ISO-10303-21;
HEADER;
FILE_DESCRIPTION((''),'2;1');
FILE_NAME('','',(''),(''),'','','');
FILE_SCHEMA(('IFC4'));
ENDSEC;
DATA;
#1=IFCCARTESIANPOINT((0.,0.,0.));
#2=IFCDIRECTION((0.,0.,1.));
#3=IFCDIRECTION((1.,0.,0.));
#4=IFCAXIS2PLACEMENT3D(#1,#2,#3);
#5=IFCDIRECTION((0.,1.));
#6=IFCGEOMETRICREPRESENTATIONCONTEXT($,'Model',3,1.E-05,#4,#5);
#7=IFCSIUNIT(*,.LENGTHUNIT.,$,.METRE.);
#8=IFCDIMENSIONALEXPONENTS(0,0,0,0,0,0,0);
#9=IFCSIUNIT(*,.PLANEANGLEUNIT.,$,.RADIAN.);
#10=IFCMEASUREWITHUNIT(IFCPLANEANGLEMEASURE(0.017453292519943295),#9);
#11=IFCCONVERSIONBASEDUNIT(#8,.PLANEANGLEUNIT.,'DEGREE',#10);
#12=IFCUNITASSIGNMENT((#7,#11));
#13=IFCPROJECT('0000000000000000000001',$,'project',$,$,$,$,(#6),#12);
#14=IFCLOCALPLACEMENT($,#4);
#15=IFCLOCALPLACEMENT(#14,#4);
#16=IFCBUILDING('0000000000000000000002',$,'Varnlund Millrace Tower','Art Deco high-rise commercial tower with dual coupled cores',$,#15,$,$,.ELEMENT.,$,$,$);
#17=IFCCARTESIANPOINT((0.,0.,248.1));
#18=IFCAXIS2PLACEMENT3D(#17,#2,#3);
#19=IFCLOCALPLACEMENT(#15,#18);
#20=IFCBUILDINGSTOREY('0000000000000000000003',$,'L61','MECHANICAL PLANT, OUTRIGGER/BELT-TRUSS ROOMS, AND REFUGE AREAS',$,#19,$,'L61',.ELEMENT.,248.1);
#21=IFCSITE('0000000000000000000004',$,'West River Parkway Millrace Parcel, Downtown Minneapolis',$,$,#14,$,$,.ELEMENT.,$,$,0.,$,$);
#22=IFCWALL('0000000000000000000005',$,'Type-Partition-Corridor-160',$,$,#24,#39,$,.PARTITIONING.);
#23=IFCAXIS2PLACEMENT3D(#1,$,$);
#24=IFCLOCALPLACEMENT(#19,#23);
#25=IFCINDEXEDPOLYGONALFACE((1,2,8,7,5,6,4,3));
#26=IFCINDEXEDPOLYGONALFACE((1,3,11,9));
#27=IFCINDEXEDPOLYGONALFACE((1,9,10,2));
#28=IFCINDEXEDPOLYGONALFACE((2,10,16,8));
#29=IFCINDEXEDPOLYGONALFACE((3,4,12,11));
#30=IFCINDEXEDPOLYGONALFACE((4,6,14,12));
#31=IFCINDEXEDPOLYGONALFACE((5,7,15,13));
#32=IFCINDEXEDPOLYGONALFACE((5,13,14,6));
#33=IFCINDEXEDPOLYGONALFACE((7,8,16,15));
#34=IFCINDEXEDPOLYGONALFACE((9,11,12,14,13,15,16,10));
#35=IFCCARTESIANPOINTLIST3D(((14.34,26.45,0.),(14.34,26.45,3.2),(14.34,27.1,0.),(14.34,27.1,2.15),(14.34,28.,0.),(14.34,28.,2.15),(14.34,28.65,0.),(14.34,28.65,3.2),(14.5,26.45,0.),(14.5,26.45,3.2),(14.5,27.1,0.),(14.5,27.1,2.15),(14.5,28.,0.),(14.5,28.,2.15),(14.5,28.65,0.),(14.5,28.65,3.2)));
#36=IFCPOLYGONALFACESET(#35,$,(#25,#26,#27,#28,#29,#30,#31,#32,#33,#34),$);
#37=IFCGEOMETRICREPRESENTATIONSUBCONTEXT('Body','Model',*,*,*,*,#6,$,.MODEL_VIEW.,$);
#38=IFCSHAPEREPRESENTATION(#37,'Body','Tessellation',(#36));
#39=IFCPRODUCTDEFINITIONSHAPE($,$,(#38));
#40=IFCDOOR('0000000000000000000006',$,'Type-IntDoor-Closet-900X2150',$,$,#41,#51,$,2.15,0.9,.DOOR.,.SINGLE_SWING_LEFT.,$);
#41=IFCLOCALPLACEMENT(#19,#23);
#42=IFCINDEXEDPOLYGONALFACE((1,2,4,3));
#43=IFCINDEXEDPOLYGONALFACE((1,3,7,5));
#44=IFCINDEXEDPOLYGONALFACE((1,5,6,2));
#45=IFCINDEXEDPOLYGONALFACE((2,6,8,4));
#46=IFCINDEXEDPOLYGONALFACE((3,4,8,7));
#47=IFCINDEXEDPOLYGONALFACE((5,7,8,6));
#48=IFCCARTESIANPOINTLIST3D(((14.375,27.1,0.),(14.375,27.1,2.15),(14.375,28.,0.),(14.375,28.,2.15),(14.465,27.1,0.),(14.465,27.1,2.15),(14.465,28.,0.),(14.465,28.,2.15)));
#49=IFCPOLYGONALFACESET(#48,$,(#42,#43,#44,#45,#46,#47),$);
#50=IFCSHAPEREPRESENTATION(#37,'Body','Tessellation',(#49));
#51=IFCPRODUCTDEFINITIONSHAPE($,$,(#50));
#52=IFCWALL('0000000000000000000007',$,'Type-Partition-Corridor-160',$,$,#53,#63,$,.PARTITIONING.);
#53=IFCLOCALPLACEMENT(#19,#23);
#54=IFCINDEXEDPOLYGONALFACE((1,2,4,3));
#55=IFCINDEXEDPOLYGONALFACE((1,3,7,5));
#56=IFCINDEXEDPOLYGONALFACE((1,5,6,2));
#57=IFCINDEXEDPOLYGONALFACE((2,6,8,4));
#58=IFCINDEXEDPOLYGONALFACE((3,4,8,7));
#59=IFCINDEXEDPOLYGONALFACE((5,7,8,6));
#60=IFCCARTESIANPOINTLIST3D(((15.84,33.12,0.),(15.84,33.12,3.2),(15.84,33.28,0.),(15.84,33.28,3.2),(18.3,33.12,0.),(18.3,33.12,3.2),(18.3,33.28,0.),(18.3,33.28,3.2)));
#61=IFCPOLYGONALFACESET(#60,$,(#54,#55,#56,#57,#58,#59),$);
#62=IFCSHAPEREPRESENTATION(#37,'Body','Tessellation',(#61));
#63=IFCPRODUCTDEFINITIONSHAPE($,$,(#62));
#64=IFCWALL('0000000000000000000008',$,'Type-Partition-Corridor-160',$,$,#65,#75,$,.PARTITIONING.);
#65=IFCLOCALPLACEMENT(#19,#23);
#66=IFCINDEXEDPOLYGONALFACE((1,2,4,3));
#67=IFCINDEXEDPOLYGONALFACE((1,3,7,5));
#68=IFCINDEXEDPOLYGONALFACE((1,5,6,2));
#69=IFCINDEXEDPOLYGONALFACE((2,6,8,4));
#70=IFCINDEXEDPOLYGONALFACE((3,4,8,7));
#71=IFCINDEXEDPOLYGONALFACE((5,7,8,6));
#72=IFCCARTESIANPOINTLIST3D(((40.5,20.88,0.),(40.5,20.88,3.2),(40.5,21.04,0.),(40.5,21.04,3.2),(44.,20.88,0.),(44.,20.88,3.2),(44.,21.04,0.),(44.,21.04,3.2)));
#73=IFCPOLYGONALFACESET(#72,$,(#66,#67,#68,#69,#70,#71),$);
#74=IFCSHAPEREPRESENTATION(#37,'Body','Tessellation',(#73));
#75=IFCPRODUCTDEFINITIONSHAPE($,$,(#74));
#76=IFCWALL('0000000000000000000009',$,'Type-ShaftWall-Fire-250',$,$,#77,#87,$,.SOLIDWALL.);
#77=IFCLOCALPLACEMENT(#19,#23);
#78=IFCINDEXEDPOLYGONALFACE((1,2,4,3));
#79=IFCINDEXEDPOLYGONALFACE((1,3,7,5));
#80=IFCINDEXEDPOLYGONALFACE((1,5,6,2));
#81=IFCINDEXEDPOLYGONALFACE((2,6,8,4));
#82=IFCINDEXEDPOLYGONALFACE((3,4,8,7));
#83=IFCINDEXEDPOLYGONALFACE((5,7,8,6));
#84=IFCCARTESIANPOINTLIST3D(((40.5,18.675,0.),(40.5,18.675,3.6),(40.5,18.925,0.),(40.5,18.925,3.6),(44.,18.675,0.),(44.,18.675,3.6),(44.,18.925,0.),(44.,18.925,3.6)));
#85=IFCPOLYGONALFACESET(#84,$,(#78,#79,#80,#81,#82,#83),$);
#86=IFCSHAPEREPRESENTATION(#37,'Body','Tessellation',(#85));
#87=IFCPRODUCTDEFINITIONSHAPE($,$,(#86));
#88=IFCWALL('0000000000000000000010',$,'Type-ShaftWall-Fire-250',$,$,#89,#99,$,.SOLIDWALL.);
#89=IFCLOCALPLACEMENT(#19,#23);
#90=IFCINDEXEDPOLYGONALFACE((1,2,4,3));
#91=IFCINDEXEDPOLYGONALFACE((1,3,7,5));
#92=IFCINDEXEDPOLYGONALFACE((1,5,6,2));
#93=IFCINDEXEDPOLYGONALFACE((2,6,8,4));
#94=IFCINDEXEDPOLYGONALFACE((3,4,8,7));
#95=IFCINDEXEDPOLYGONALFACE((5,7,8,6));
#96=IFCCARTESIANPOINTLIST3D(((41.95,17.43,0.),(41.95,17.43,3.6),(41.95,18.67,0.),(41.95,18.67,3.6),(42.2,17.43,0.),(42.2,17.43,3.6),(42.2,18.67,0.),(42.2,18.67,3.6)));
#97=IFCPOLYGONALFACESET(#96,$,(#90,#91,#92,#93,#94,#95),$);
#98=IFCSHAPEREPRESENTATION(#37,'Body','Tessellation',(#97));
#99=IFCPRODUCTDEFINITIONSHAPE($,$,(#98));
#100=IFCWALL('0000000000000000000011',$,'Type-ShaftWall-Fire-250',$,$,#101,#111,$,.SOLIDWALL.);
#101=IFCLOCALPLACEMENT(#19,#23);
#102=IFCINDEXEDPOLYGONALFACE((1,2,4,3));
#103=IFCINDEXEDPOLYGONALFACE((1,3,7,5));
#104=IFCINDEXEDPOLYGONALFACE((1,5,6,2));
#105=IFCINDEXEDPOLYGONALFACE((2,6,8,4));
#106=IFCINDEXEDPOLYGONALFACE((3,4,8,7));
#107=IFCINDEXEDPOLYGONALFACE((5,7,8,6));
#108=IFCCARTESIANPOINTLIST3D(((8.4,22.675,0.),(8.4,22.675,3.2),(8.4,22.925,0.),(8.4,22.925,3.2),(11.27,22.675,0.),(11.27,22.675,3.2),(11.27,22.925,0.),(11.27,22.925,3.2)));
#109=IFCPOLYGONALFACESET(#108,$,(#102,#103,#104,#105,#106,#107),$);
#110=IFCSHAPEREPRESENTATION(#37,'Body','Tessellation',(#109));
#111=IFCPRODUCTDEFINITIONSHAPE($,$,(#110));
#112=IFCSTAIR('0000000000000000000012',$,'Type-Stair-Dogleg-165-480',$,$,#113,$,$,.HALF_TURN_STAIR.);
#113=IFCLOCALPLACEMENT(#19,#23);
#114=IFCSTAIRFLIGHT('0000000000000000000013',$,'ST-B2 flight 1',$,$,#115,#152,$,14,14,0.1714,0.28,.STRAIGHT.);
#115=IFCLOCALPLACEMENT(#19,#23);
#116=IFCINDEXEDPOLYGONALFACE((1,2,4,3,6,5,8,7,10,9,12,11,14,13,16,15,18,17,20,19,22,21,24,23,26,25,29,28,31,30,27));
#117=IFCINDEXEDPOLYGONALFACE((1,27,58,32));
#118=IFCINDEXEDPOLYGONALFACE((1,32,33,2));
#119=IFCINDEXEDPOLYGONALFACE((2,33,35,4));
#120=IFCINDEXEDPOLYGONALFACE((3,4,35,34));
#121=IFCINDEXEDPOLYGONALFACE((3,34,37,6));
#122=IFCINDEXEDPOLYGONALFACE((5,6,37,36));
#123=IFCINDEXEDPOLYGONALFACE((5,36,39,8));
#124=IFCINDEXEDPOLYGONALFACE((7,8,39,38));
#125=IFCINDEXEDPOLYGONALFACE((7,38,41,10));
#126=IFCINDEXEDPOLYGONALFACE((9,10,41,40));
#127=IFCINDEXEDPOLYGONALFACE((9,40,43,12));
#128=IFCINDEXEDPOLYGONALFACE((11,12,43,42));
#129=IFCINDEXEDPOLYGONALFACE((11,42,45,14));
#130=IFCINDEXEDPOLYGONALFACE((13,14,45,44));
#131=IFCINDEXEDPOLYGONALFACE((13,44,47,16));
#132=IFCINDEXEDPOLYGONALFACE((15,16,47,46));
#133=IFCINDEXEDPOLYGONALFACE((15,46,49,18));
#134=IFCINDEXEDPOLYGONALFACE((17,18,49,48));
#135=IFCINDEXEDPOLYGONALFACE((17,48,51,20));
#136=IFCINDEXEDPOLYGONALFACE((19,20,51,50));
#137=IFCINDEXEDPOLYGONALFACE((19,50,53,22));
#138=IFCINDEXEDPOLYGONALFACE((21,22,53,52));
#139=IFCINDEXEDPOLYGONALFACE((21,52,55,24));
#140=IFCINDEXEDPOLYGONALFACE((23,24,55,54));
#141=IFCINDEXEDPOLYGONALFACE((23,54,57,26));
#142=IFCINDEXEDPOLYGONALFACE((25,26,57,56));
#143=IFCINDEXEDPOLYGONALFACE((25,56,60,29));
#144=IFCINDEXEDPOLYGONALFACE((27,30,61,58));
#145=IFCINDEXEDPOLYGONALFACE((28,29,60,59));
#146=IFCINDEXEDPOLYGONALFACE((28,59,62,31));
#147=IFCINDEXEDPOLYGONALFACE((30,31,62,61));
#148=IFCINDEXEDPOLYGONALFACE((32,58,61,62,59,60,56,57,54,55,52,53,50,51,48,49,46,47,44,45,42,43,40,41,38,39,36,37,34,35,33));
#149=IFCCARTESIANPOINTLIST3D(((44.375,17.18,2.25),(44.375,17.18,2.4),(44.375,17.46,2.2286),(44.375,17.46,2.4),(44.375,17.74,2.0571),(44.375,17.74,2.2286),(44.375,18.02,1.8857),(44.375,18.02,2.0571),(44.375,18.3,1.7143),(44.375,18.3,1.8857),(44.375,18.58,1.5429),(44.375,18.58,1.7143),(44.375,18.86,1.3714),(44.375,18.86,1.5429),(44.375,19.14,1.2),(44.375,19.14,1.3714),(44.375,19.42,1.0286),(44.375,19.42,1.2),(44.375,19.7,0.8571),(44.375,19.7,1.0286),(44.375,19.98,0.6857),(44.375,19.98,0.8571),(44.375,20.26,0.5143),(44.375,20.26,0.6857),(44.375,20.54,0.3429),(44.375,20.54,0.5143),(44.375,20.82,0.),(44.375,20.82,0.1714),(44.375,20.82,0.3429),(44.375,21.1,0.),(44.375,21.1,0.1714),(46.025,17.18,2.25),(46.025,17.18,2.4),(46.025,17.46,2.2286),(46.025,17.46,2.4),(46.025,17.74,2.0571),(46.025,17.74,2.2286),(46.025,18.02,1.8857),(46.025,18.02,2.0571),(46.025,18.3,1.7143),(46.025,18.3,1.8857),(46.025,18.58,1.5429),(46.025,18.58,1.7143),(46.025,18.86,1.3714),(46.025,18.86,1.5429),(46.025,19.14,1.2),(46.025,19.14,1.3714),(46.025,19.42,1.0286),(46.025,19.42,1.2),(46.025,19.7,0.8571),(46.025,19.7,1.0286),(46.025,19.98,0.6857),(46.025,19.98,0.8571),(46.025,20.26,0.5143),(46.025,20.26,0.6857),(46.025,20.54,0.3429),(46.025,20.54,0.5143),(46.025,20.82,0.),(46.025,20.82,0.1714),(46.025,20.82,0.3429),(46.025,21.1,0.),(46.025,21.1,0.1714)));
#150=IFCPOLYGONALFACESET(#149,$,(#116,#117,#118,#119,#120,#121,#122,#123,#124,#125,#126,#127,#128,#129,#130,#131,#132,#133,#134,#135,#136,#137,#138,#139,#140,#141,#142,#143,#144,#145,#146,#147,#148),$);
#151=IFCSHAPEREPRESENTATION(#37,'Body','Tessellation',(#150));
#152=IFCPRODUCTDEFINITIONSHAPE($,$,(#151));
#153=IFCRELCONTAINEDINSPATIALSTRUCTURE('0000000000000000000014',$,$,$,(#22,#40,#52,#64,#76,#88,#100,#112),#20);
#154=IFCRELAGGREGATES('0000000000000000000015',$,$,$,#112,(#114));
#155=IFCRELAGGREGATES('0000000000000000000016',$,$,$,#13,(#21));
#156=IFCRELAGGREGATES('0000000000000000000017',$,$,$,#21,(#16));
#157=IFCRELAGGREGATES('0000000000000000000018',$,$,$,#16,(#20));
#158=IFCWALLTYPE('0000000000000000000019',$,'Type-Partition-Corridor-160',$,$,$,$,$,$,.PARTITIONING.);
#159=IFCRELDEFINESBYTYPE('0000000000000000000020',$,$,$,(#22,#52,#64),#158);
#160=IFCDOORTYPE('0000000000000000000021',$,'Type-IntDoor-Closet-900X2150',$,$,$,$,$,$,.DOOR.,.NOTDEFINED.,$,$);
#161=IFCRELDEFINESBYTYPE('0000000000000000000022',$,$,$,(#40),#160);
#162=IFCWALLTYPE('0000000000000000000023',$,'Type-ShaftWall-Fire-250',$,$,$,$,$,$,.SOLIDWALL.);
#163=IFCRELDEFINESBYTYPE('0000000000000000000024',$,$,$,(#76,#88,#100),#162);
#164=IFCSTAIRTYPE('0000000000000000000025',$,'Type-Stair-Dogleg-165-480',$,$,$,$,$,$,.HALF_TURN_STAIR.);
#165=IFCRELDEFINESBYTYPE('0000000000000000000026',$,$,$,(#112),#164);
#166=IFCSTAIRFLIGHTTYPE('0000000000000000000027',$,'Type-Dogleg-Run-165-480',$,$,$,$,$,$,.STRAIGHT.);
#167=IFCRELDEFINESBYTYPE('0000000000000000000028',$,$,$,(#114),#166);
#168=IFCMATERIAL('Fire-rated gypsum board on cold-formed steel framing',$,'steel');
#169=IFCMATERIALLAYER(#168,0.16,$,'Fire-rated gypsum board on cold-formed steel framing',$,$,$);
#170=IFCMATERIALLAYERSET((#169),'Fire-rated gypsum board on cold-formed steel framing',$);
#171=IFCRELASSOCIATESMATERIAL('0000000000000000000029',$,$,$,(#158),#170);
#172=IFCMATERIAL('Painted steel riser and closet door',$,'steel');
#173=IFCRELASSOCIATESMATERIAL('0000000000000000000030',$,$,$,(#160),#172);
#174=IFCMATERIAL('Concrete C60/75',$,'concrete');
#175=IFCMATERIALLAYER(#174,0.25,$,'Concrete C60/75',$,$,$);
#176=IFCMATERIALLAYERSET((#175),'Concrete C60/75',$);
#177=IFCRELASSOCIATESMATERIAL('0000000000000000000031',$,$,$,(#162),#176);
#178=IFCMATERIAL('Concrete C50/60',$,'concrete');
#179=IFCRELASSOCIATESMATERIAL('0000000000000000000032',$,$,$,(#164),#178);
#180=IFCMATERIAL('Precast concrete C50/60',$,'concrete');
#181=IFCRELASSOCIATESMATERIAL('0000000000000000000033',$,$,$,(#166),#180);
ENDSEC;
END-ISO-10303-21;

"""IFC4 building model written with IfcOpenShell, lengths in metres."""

from ifc_helpers import new_model, entity, si_unit, converted_unit, direction, frame, origin_with_axes, origin_2d_with_axis, place, context, subcontext, project, spatial, polyline, rectangle, outline, extrude, material, layer, layer_set, type_object, element, fill, aggregate, save


model = new_model("IFC4")

# Units and contexts
model_context = context("Model", 3, precision=1e-05, world=origin_with_axes(), true_north=direction((0.0, 1.0)))
body_context = subcontext(model_context, "Body", "Model", "MODEL_VIEW")
ifc_project = project(units=[si_unit("LENGTHUNIT", "METRE"), converted_unit("PLANEANGLEUNIT", "DEGREE", entity("IfcPlaneAngleMeasure", 0.017453292519943295), si_unit("PLANEANGLEUNIT", "RADIAN"), dimensions=[0, 0, 0, 0, 0, 0, 0])], contexts=[model_context])

# Site, building, storey
site_placement = place(None, origin_with_axes())
site = spatial("IfcSite", under=ifc_project, at=site_placement, Name="West River Parkway Millrace Parcel, Downtown Minneapolis", CompositionType="ELEMENT", RefElevation=0.0)
building_placement = place(site_placement, origin_with_axes())
building = spatial("IfcBuilding", under=site, at=building_placement, Name="Varnlund Millrace Tower", Description="Art Deco high-rise commercial tower with dual coupled cores", CompositionType="ELEMENT")
storey_placement = place(building_placement, frame((0.0, 0.0, 248.1), z_axis=(0.0, 0.0, 1.0), x_axis=(1.0, 0.0, 0.0)))
storey = spatial("IfcBuildingStorey", under=building, at=storey_placement, Name="L61", Description="MECHANICAL PLANT, OUTRIGGER/BELT-TRUSS ROOMS, AND REFUGE AREAS", LongName="L61", CompositionType="ELEMENT", Elevation=248.1)

# Wall, opening, door
ifc_material_1 = material(Name="Fire-rated gypsum board on cold-formed steel framing", Category="steel")
ifc_layer_1 = layer(ifc_material_1, 0.16, Name="Fire-rated gypsum board on cold-formed steel framing")
ifc_layer_set_1 = layer_set([ifc_layer_1], Name="Fire-rated gypsum board on cold-formed steel framing")
wall_type_1 = type_object("IfcWallType", Name="Type-Partition-Corridor-160", PredefinedType="PARTITIONING", material=ifc_layer_set_1)
ifc_material_2 = material(Name="Painted steel riser and closet door", Category="steel")
door_type = type_object("IfcDoorType", Name="Type-IntDoor-Closet-900X2150", OperationType="NOTDEFINED", PredefinedType="DOOR", material=ifc_material_2)
wall_1_placement = place(storey_placement, frame((14.42, 26.45, 0.0), z_axis=(0.0, 0.0, 1.0), x_axis=(0.0, 1.0, 0.0)))
wall_1 = element("IfcWall", 1, at=wall_1_placement, inside=storey, type_object=wall_type_1, Name="Type-Partition-Corridor-160", PredefinedType="PARTITIONING", context=body_context, shape_type="SweptSolid", body=[
    extrude(outline(polyline([(0.0, -0.08), (2.2, -0.08), (2.2, 0.08), (0.0, 0.08), (0.0, -0.08)])), origin_with_axes(), (0.0, 0.0, 1.0), 3.2),
])
opening_1_placement = place(wall_1_placement, frame((1.1, 0.0, 0.0), z_axis=(0.0, 0.0, 1.0), x_axis=(1.0, 0.0, 0.0)))
opening_1 = element("IfcOpeningElement", 2, at=opening_1_placement, cuts=wall_1, PredefinedType="OPENING", context=body_context, shape_type="SweptSolid", body=[
    extrude(rectangle(XDim=0.9, YDim=0.18, at=origin_2d_with_axis()), origin_with_axes(), (0.0, 0.0, 1.0), 2.15),
])
door_1_placement = place(wall_1_placement, frame((1.1, 0.0, 0.0), z_axis=(0.0, 0.0, 1.0), x_axis=(1.0, 0.0, 0.0)))
door_1 = element("IfcDoor", 3, at=door_1_placement, inside=storey, type_object=door_type, Name="Type-IntDoor-Closet-900X2150", OperationType="SINGLE_SWING_LEFT", OverallHeight=2.15, OverallWidth=0.9, PredefinedType="DOOR", context=body_context, shape_type="SweptSolid", body=[
    extrude(rectangle(XDim=0.9, YDim=0.09, at=origin_2d_with_axis()), origin_with_axes(), (0.0, 0.0, 1.0), 2.15),
])
fill(opening_1, door_1)

# Walls
wall_2_placement = place(storey_placement, frame((15.84, 33.2, 0.0), z_axis=(0.0, 0.0, 1.0), x_axis=(1.0, 0.0, 0.0)))
element("IfcWall", 4, at=wall_2_placement, inside=storey, type_object=wall_type_1, Name="Type-Partition-Corridor-160", PredefinedType="PARTITIONING", context=body_context, shape_type="SweptSolid", body=[
    extrude(outline(polyline([(0.0, -0.08), (2.46, -0.08), (2.46, 0.08), (0.0, 0.08), (0.0, -0.08)])), origin_with_axes(), (0.0, 0.0, 1.0), 3.2),
])
wall_3_placement = place(storey_placement, frame((40.5, 20.96, 0.0), z_axis=(0.0, 0.0, 1.0), x_axis=(1.0, 0.0, 0.0)))
element("IfcWall", 5, at=wall_3_placement, inside=storey, type_object=wall_type_1, Name="Type-Partition-Corridor-160", PredefinedType="PARTITIONING", context=body_context, shape_type="SweptSolid", body=[
    extrude(outline(polyline([(0.0, -0.08), (3.5, -0.08), (3.5, 0.08), (0.0, 0.08), (0.0, -0.08)])), origin_with_axes(), (0.0, 0.0, 1.0), 3.2),
])
ifc_material_3 = material(Name="Concrete C60/75", Category="concrete")
ifc_layer_2 = layer(ifc_material_3, 0.25, Name="Concrete C60/75")
ifc_layer_set_2 = layer_set([ifc_layer_2], Name="Concrete C60/75")
wall_type_2 = type_object("IfcWallType", Name="Type-ShaftWall-Fire-250", PredefinedType="SOLIDWALL", material=ifc_layer_set_2)
wall_4_placement = place(storey_placement, frame((40.5, 18.8, 0.0), z_axis=(0.0, 0.0, 1.0), x_axis=(1.0, 0.0, 0.0)))
element("IfcWall", 6, at=wall_4_placement, inside=storey, type_object=wall_type_2, Name="Type-ShaftWall-Fire-250", PredefinedType="SOLIDWALL", context=body_context, shape_type="SweptSolid", body=[
    extrude(outline(polyline([(0.0, -0.125), (3.5, -0.125), (3.5, 0.125), (0.0, 0.125), (0.0, -0.125)])), origin_with_axes(), (0.0, 0.0, 1.0), 3.6),
])
wall_5_placement = place(storey_placement, frame((42.075, 17.43, 0.0), z_axis=(0.0, 0.0, 1.0), x_axis=(0.0, 1.0, 0.0)))
element("IfcWall", 7, at=wall_5_placement, inside=storey, type_object=wall_type_2, Name="Type-ShaftWall-Fire-250", PredefinedType="SOLIDWALL", context=body_context, shape_type="SweptSolid", body=[
    extrude(outline(polyline([(0.0, -0.125), (1.24, -0.125), (1.24, 0.125), (0.0, 0.125), (0.0, -0.125)])), origin_with_axes(), (0.0, 0.0, 1.0), 3.6),
])
wall_6_placement = place(storey_placement, frame((8.4, 22.8, 0.0), z_axis=(0.0, 0.0, 1.0), x_axis=(1.0, 0.0, 0.0)))
element("IfcWall", 8, at=wall_6_placement, inside=storey, type_object=wall_type_2, Name="Type-ShaftWall-Fire-250", PredefinedType="SOLIDWALL", context=body_context, shape_type="SweptSolid", body=[
    extrude(outline(polyline([(0.0, -0.125), (2.87, -0.125), (2.87, 0.125), (0.0, 0.125), (0.0, -0.125)])), origin_with_axes(), (0.0, 0.0, 1.0), 3.2),
])

# Stair, stair flight
ifc_material_4 = material(Name="Concrete C50/60", Category="concrete")
stair_type_1 = type_object("IfcStairType", Name="Type-Stair-Dogleg-165-480", PredefinedType="HALF_TURN_STAIR", material=ifc_material_4)
stair_1_placement = place(storey_placement, origin_with_axes())
stair_1 = element("IfcStair", 9, at=stair_1_placement, inside=storey, type_object=stair_type_1, Name="Type-Stair-Dogleg-165-480", PredefinedType="HALF_TURN_STAIR")
ifc_material_5 = material(Name="Precast concrete C50/60", Category="concrete")
stair_flight_type_1 = type_object("IfcStairFlightType", Name="Type-Dogleg-Run-165-480", PredefinedType="STRAIGHT", material=ifc_material_5)
stair_flight_1_placement = place(storey_placement, frame((46.025, 21.1, 0.0), z_axis=(-1.0, 0.0, 0.0), x_axis=(0.0, -1.0, 0.0)))
stair_flight_1 = element("IfcStairFlight", 10, at=stair_flight_1_placement, type_object=stair_flight_type_1, Name="ST-B2 flight 1", NumberOfRisers=14, NumberOfTreads=14, PredefinedType="STRAIGHT", RiserHeight=0.1714, TreadLength=0.28, context=body_context, shape_type="SweptSolid", body=[
    extrude(outline(polyline([(0.0, 0.0), (0.0, 0.1714), (0.28, 0.1714), (0.28, 0.3429), (0.56, 0.3429), (0.56, 0.5143), (0.84, 0.5143), (0.84, 0.6857), (1.12, 0.6857), (1.12, 0.8571), (1.4, 0.8571), (1.4, 1.0286), (1.68, 1.0286), (1.68, 1.2), (1.96, 1.2), (1.96, 1.3714), (2.24, 1.3714), (2.24, 1.5429), (2.52, 1.5429), (2.52, 1.7143), (2.8, 1.7143), (2.8, 1.8857), (3.08, 1.8857), (3.08, 2.0571), (3.36, 2.0571), (3.36, 2.2286), (3.64, 2.2286), (3.64, 2.4), (3.92, 2.4), (3.92, 2.25), (0.28, 0.0), (0.0, 0.0)])), origin_with_axes(), (0.0, 0.0, 1.0), 1.65),
])
aggregate(stair_1, [stair_flight_1])

save(model, "model.ifc")
